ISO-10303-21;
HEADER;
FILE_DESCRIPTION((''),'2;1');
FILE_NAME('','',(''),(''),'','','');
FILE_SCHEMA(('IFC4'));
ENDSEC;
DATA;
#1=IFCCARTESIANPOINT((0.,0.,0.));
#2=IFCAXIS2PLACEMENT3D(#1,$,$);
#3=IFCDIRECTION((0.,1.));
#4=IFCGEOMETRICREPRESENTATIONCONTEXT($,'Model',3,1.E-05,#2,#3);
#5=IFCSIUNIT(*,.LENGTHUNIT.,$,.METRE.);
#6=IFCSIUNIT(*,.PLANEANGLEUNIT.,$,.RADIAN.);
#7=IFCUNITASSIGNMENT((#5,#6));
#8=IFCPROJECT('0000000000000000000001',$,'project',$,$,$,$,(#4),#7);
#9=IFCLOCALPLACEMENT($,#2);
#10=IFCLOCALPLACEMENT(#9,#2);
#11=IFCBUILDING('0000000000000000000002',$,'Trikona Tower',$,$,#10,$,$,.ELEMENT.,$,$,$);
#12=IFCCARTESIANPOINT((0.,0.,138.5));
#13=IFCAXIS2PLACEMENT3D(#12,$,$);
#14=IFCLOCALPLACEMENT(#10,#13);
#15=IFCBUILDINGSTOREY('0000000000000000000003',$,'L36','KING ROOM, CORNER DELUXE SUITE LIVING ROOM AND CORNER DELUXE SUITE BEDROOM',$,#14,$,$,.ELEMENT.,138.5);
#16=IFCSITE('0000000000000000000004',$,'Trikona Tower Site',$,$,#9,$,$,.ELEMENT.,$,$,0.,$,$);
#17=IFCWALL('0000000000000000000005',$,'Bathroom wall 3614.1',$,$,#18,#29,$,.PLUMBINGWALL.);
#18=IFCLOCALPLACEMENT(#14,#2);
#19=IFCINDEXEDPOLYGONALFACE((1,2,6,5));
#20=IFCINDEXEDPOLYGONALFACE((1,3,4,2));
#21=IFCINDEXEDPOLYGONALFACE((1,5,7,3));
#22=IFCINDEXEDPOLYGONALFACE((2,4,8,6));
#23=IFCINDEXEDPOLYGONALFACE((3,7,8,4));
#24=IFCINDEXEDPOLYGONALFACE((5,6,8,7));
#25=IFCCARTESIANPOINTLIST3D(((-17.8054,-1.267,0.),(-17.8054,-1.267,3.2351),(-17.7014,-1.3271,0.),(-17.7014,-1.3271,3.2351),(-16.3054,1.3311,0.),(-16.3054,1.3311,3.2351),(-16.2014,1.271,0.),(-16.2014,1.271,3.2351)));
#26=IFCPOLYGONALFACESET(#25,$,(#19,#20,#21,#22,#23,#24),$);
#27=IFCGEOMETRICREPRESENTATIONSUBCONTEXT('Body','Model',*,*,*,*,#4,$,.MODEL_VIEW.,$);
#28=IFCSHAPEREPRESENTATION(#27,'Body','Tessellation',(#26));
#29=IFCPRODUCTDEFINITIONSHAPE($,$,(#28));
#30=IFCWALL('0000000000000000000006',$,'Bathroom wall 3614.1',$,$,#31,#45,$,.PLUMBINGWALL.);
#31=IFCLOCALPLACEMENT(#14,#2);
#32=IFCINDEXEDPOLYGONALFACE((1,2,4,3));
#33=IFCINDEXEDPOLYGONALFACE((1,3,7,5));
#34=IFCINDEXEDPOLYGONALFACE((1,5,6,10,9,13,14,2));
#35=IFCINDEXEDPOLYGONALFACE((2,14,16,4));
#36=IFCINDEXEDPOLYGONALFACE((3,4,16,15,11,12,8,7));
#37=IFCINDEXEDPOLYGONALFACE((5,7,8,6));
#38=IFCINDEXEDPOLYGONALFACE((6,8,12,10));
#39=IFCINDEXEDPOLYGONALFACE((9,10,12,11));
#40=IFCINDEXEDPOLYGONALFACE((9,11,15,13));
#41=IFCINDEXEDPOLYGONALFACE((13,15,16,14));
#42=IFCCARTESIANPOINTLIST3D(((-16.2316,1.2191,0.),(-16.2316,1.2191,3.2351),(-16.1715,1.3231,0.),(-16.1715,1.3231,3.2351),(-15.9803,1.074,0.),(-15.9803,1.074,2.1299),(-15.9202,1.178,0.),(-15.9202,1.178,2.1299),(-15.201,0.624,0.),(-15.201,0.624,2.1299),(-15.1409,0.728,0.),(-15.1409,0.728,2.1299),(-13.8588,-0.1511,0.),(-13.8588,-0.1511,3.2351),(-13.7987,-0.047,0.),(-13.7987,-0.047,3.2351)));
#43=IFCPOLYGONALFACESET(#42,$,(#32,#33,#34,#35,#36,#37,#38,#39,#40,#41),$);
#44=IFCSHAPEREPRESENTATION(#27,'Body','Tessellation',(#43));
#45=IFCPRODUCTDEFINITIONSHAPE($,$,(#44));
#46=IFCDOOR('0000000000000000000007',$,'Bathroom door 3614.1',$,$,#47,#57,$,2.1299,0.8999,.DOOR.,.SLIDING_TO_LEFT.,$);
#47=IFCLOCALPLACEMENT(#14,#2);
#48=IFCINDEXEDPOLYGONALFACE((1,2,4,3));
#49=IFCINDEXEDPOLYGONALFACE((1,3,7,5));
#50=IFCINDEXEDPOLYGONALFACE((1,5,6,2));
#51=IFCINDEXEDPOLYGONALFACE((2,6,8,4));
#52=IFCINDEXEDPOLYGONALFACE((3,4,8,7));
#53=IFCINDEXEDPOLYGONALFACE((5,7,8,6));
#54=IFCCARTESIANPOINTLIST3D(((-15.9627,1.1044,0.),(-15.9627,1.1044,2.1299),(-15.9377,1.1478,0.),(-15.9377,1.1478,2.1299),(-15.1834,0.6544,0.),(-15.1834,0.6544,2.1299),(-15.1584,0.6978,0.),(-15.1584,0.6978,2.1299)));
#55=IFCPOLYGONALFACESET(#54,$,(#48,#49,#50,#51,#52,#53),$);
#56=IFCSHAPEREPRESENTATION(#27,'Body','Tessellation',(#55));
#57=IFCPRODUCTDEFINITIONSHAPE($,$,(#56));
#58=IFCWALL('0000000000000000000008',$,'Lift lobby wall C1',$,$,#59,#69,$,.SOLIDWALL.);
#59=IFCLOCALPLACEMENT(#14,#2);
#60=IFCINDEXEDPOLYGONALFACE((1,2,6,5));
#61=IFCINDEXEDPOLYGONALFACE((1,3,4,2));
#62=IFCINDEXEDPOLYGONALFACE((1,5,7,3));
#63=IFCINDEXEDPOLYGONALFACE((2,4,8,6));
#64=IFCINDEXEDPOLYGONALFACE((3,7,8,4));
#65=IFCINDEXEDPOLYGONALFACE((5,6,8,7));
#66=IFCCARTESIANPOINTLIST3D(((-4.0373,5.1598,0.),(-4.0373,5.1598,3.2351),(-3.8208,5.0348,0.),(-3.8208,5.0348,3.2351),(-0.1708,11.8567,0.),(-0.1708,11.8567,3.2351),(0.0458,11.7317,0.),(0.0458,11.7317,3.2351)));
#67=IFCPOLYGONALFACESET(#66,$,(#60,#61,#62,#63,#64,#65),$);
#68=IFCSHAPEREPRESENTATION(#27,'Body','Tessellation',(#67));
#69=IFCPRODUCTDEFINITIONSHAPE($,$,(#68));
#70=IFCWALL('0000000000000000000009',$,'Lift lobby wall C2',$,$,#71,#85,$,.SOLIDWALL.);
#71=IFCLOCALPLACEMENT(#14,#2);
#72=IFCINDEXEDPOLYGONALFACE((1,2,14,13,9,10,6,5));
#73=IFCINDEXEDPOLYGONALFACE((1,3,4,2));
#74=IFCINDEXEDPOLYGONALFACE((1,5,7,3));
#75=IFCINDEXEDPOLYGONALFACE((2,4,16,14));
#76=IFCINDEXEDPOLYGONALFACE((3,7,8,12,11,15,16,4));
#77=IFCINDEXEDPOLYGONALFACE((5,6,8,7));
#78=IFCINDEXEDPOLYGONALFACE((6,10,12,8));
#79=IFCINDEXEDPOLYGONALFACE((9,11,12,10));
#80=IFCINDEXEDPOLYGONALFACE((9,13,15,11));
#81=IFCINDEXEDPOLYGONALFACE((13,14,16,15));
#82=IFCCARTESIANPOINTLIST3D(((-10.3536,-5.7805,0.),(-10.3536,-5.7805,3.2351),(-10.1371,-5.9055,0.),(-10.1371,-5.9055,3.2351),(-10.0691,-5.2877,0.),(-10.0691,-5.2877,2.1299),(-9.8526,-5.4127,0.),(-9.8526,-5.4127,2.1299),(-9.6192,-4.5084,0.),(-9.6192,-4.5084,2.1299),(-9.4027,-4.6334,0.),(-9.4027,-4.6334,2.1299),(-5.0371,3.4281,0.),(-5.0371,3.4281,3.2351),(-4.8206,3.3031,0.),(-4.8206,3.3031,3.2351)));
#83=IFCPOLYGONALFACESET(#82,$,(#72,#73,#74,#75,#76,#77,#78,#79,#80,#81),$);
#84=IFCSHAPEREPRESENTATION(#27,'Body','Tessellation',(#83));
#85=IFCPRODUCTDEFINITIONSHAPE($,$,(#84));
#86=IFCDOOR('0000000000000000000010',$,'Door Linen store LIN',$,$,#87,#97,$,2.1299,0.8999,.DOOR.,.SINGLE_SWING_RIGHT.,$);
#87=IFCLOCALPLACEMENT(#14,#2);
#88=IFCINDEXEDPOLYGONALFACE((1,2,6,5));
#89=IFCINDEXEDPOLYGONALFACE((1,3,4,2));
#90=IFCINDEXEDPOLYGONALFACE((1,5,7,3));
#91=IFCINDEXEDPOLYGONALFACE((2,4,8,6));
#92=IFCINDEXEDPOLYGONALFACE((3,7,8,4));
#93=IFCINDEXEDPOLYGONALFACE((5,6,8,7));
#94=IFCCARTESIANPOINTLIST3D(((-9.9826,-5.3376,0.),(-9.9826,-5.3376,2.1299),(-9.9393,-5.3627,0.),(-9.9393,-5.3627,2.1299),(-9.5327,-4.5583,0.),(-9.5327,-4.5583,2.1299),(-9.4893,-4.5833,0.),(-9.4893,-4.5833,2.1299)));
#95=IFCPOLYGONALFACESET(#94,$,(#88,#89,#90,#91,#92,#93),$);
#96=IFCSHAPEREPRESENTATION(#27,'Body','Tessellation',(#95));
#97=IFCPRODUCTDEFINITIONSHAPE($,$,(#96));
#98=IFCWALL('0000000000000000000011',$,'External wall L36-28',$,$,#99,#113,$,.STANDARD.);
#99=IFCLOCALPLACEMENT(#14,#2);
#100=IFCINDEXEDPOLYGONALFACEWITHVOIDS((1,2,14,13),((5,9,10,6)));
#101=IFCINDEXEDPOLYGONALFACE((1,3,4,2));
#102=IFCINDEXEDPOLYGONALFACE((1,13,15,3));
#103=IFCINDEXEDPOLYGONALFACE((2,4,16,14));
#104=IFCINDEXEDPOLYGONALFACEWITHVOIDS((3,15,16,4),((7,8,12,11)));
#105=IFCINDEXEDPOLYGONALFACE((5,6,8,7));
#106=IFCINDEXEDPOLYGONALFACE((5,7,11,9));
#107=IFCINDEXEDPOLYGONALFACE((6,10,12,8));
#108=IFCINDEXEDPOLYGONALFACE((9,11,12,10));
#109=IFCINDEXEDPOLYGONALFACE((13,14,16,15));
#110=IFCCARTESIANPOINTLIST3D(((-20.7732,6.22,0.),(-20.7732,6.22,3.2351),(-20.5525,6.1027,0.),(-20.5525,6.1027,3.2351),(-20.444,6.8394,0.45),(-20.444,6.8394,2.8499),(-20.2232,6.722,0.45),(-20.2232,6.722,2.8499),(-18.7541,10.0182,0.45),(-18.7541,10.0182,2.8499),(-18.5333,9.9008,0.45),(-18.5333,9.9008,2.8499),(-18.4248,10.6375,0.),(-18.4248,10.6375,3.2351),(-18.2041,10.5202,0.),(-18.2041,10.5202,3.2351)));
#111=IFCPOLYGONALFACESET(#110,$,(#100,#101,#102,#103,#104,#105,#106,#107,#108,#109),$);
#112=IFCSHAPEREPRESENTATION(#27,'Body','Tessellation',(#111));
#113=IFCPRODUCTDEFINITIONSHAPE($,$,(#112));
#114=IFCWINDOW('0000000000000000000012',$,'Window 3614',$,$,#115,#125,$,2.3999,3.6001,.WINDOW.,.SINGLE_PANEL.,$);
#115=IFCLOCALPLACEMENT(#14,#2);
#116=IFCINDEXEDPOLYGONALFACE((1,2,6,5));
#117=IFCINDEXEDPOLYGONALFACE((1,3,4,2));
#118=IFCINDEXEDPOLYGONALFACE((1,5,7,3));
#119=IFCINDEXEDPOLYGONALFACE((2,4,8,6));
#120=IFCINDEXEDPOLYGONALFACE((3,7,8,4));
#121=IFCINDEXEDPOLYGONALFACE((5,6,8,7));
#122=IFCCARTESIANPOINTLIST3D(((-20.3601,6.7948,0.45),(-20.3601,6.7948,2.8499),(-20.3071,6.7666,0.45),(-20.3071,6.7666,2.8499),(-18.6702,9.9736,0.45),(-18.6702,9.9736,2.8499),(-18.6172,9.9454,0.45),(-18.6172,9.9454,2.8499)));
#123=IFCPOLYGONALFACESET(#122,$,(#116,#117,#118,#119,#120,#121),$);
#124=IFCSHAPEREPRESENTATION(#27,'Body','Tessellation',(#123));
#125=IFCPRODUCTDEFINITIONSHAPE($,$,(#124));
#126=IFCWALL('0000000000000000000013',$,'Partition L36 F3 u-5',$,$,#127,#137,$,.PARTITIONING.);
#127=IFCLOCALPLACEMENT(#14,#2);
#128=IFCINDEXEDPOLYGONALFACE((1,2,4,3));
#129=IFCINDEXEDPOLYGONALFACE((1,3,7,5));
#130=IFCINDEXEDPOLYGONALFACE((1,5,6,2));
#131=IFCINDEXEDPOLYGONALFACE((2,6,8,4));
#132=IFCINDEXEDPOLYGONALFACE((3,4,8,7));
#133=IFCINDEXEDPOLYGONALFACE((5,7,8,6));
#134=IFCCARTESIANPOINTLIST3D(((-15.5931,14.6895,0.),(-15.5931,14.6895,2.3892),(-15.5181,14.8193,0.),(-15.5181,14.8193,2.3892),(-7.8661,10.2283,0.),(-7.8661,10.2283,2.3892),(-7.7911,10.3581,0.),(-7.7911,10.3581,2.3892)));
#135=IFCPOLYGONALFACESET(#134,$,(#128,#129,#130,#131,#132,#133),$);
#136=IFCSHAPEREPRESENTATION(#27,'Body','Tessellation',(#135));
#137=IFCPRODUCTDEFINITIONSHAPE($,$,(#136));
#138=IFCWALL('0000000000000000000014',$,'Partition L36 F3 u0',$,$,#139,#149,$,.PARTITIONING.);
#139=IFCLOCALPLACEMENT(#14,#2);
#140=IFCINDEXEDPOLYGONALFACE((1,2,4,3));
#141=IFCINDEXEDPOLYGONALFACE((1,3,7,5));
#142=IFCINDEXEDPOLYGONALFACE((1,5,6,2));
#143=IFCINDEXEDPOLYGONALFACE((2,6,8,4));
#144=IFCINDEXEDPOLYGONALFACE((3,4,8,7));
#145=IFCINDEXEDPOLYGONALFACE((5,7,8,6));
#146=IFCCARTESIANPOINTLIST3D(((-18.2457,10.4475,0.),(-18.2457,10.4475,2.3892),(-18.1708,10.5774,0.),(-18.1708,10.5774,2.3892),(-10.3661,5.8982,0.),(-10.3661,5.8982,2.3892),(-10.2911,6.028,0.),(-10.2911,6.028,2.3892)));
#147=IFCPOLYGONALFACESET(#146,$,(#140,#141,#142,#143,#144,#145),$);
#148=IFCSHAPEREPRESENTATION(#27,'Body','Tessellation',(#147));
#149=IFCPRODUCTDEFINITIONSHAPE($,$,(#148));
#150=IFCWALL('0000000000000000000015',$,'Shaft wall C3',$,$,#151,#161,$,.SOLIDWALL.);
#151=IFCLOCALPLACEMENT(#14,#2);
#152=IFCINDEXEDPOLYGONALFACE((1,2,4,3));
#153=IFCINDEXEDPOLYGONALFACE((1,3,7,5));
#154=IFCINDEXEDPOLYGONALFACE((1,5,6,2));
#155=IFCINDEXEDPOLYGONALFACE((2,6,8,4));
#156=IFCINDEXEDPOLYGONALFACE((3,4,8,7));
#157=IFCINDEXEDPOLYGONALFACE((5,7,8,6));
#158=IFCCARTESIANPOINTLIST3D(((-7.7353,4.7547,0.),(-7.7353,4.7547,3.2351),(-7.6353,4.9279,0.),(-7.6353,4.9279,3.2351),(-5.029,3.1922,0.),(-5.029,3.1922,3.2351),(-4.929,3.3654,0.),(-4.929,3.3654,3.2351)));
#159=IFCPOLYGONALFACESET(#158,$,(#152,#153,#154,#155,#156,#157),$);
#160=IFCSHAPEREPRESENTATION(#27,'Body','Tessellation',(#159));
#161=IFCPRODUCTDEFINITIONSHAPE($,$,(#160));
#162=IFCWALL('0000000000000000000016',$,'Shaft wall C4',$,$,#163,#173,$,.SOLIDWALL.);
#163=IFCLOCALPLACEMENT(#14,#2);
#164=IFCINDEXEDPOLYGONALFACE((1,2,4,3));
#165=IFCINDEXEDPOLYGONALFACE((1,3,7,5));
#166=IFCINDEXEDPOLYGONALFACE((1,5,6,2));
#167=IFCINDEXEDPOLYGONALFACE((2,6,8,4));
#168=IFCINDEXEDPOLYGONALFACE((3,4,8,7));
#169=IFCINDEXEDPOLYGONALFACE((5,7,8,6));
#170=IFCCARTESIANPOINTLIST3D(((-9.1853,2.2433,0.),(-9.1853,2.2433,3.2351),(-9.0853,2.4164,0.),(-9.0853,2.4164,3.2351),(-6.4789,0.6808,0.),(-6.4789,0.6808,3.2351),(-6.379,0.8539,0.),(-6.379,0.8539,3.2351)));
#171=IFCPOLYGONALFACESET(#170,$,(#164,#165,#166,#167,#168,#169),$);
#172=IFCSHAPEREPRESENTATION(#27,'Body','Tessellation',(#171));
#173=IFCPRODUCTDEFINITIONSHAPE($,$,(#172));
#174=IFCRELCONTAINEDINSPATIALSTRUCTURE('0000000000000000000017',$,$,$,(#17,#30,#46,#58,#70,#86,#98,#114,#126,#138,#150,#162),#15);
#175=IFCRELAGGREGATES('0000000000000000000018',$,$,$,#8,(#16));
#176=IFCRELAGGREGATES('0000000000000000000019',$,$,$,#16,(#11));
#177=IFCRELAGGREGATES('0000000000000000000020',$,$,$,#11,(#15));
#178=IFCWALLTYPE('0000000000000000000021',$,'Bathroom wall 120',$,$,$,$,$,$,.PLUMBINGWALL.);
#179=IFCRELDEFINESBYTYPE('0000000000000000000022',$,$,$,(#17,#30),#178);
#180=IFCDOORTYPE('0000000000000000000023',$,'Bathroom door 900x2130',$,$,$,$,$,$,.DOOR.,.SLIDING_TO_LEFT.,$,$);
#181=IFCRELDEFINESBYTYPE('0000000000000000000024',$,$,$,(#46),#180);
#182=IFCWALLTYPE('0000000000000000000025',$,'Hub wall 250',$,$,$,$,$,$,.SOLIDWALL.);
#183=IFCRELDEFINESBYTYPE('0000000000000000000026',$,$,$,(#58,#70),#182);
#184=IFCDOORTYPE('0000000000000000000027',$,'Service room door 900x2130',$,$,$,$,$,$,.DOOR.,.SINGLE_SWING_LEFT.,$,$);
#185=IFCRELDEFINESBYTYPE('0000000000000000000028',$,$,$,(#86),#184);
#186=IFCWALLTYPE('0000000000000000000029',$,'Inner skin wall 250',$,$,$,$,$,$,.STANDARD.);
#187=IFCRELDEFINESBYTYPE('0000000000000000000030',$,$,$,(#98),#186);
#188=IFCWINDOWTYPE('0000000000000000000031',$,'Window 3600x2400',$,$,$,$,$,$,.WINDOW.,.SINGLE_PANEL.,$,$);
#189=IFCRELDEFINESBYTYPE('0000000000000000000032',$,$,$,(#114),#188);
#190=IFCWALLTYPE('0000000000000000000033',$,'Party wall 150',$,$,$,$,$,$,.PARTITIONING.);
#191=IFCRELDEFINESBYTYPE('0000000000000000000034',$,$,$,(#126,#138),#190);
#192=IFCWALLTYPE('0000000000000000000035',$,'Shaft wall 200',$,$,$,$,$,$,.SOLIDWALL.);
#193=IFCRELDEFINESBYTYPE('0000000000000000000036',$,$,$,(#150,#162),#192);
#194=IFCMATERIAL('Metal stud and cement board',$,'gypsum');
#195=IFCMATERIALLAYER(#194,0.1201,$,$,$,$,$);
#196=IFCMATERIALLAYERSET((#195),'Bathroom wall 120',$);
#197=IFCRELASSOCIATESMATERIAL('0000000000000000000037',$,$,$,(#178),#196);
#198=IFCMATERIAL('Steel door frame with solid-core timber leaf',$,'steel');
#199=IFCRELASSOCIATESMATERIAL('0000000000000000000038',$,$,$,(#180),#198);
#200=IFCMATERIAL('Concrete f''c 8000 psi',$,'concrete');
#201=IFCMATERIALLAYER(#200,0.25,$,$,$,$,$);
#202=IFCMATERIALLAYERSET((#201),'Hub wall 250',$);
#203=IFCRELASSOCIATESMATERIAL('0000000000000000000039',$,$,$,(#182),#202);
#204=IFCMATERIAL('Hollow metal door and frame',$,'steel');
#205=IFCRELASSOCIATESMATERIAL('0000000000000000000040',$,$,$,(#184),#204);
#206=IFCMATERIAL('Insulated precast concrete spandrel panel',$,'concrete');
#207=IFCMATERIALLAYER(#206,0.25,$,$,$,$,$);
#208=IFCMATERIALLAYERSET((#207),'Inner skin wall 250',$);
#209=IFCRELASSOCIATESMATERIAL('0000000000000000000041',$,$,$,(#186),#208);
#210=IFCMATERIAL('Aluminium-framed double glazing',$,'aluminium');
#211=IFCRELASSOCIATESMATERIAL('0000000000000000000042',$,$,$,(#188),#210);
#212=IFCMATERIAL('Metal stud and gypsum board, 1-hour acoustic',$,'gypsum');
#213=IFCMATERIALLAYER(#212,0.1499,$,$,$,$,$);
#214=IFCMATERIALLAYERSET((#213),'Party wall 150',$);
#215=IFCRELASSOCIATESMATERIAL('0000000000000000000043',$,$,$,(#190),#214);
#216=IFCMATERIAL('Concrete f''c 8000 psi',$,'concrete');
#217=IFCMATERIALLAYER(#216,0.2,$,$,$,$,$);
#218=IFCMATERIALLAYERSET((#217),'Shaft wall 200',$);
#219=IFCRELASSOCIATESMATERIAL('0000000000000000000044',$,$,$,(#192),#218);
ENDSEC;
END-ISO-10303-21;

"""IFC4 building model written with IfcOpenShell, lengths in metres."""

from ifc_helpers import new_model, si_unit, direction, frame, frame_2d, origin, place, context, subcontext, project, spatial, rectangle, extrude, material, layer, layer_set, type_object, element, fill, save


model = new_model("IFC4")

# Units and contexts
model_context = context("Model", 3, precision=1e-05, world=origin(), true_north=direction((0.0, 1.0)))
body_context = subcontext(model_context, "Body", "Model", "MODEL_VIEW")
ifc_project = project(units=[si_unit("LENGTHUNIT", "METRE"), si_unit("PLANEANGLEUNIT", "RADIAN")], contexts=[model_context])

# Site, building, storey
site_placement = place(None, origin())
site = spatial("IfcSite", under=ifc_project, at=site_placement, Name="Trikona Tower Site", CompositionType="ELEMENT", RefElevation=0.0)
building_placement = place(site_placement, origin())
building = spatial("IfcBuilding", under=site, at=building_placement, Name="Trikona Tower", CompositionType="ELEMENT")
storey_placement = place(building_placement, frame((0.0, 0.0, 138.5)))
storey = spatial("IfcBuildingStorey", under=building, at=storey_placement, Name="L36", Description="KING ROOM, CORNER DELUXE SUITE LIVING ROOM AND CORNER DELUXE SUITE BEDROOM", CompositionType="ELEMENT", Elevation=138.5)

# Shared definitions
ifc_material_1 = material(Name="Metal stud and cement board", Category="gypsum")
ifc_layer_1 = layer(ifc_material_1, 0.1201)
ifc_layer_set_1 = layer_set([ifc_layer_1], Name="Bathroom wall 120")
wall_type_1 = type_object("IfcWallType", Name="Bathroom wall 120", PredefinedType="PLUMBINGWALL", material=ifc_layer_set_1)
ifc_material_2 = material(Name="Steel door frame with solid-core timber leaf", Category="steel")
door_type_1 = type_object("IfcDoorType", Name="Bathroom door 900x2130", OperationType="SLIDING_TO_LEFT", PredefinedType="DOOR", material=ifc_material_2)

# Wall
wall_1_placement = place(storey_placement, frame((-16.2534, 1.301, 0.0), z_axis=(0.0, 0.0, 1.0), x_axis=(-0.49999, -0.866031, 0.0)))
element("IfcWall", 1, at=wall_1_placement, inside=storey, type_object=wall_type_1, Name="Bathroom wall 3614.1", PredefinedType="PLUMBINGWALL", context=body_context, shape_type="SweptSolid", body=[
    extrude(rectangle(XDim=3.0, YDim=0.1201, at=frame_2d((1.5, 0.0))), origin(), (0.0, 0.0, 1.0), 3.2351),
])

# Wall, opening, door
wall_2_placement = place(storey_placement, frame((-13.8286, -0.0991, 0.0), z_axis=(0.0, 0.0, 1.0), x_axis=(-0.865997, 0.500049, 0.0)))
wall_2 = element("IfcWall", 2, at=wall_2_placement, inside=storey, type_object=wall_type_1, Name="Bathroom wall 3614.1", PredefinedType="PLUMBINGWALL", context=body_context, shape_type="SweptSolid", body=[
    extrude(rectangle(XDim=2.74, YDim=0.1201, at=frame_2d((1.3701, 0.0))), origin(), (0.0, 0.0, 1.0), 3.2351),
])
opening_1_placement = place(wall_2_placement, frame((1.55, 0.0, 0.0)))
opening_1 = element("IfcOpeningElement", 3, at=opening_1_placement, cuts=wall_2, PredefinedType="OPENING", context=body_context, shape_type="SweptSolid", body=[
    extrude(rectangle(XDim=0.8999, YDim=2.1299, at=frame_2d((0.45, 1.0649))), frame((0.0, 0.0701, 0.0), z_axis=(0.0, -1.0, 0.0), x_axis=(1.0, 0.0, 0.0)), (0.0, 0.0, 1.0), 0.1401),
])
door_1_placement = place(opening_1_placement, origin())
door_1 = element("IfcDoor", 4, at=door_1_placement, inside=storey, type_object=door_type_1, Name="Bathroom door 3614.1", OperationType="SLIDING_TO_LEFT", OverallHeight=2.1299, OverallWidth=0.8999, PredefinedType="DOOR", context=body_context, shape_type="SweptSolid", body=[
    extrude(rectangle(XDim=0.8999, YDim=2.1299, at=frame_2d((0.45, 1.0649))), frame((0.0, 0.0249, 0.0), z_axis=(0.0, -1.0, 0.0), x_axis=(1.0, 0.0, 0.0)), (0.0, 0.0, 1.0), 0.05),
])
fill(opening_1, door_1)

# Wall
ifc_material_3 = material(Name="Concrete f'c 8000 psi", Category="concrete")
ifc_layer_2 = layer(ifc_material_3, 0.25)
ifc_layer_set_2 = layer_set([ifc_layer_2], Name="Hub wall 250")
wall_type_2 = type_object("IfcWallType", Name="Hub wall 250", PredefinedType="SOLIDWALL", material=ifc_layer_set_2)
wall_3_placement = place(storey_placement, frame((-0.0625, 11.7942, 0.0), z_axis=(0.0, 0.0, 1.0), x_axis=(-0.500007, -0.866022, 0.0)))
element("IfcWall", 5, at=wall_3_placement, inside=storey, type_object=wall_type_2, Name="Lift lobby wall C1", PredefinedType="SOLIDWALL", context=body_context, shape_type="SweptSolid", body=[
    extrude(rectangle(XDim=7.7329, YDim=0.25, at=frame_2d((3.8665, 0.0))), origin(), (0.0, 0.0, 1.0), 3.2351),
])

# Wall, opening, door
wall_4_placement = place(storey_placement, frame((-4.929, 3.3655, 0.0), z_axis=(0.0, 0.0, 1.0), x_axis=(-0.499991, -0.86603, 0.0)))
wall_4 = element("IfcWall", 6, at=wall_4_placement, inside=storey, type_object=wall_type_2, Name="Lift lobby wall C2", PredefinedType="SOLIDWALL", context=body_context, shape_type="SweptSolid", body=[
    extrude(rectangle(XDim=10.6331, YDim=0.25, at=frame_2d((5.3164, 0.0))), origin(), (0.0, 0.0, 1.0), 3.2351),
])
opening_2_placement = place(wall_4_placement, frame((9.1641, 0.0, 0.0)))
opening_2 = element("IfcOpeningElement", 7, at=opening_2_placement, cuts=wall_4, PredefinedType="OPENING", context=body_context, shape_type="SweptSolid", body=[
    extrude(rectangle(XDim=0.8999, YDim=2.1299, at=frame_2d((0.45, 1.0649))), frame((0.0, 0.135, 0.0), z_axis=(0.0, -1.0, 0.0), x_axis=(1.0, 0.0, 0.0)), (0.0, 0.0, 1.0), 0.27),
])
ifc_material_4 = material(Name="Hollow metal door and frame", Category="steel")
door_type_2 = type_object("IfcDoorType", Name="Service room door 900x2130", OperationType="SINGLE_SWING_LEFT", PredefinedType="DOOR", material=ifc_material_4)
door_2_placement = place(opening_2_placement, origin())
door_2 = element("IfcDoor", 8, at=door_2_placement, inside=storey, type_object=door_type_2, Name="Door Linen store LIN", OperationType="SINGLE_SWING_RIGHT", OverallHeight=2.1299, OverallWidth=0.8999, PredefinedType="DOOR", context=body_context, shape_type="SweptSolid", body=[
    extrude(rectangle(XDim=0.8999, YDim=2.1299, at=frame_2d((0.45, 1.0649))), frame((0.0, 0.0249, 0.0), z_axis=(0.0, -1.0, 0.0), x_axis=(1.0, 0.0, 0.0)), (0.0, 0.0, 1.0), 0.05),
])
fill(opening_2, door_2)

# Wall, opening, window
ifc_material_5 = material(Name="Insulated precast concrete spandrel panel", Category="concrete")
ifc_layer_3 = layer(ifc_material_5, 0.25)
ifc_layer_set_3 = layer_set([ifc_layer_3], Name="Inner skin wall 250")
wall_type_3 = type_object("IfcWallType", Name="Inner skin wall 250", PredefinedType="STANDARD", material=ifc_layer_set_3)
wall_5_placement = place(storey_placement, frame((-18.3145, 10.5789, 0.0), z_axis=(0.0, 0.0, 1.0), x_axis=(-0.469405, -0.882983, 0.0)))
wall_5 = element("IfcWall", 9, at=wall_5_placement, inside=storey, type_object=wall_type_3, Name="External wall L36-28", PredefinedType="STANDARD", context=body_context, shape_type="SweptSolid", body=[
    extrude(rectangle(XDim=5.0029, YDim=0.25, at=frame_2d((2.5015, 0.0))), origin(), (0.0, 0.0, 1.0), 3.2351),
])
opening_3_placement = place(wall_5_placement, frame((0.7014, 0.0, 0.45)))
opening_3 = element("IfcOpeningElement", 10, at=opening_3_placement, cuts=wall_5, PredefinedType="OPENING", context=body_context, shape_type="SweptSolid", body=[
    extrude(rectangle(XDim=3.6001, YDim=2.3999, at=frame_2d((1.8, 1.2))), frame((0.0, 0.135, 0.0), z_axis=(0.0, -1.0, 0.0), x_axis=(1.0, 0.0, 0.0)), (0.0, 0.0, 1.0), 0.27),
])
ifc_material_6 = material(Name="Aluminium-framed double glazing", Category="aluminium")
window_type = type_object("IfcWindowType", Name="Window 3600x2400", PartitioningType="SINGLE_PANEL", PredefinedType="WINDOW", material=ifc_material_6)
window_placement = place(opening_3_placement, origin())
window = element("IfcWindow", 11, at=window_placement, inside=storey, type_object=window_type, Name="Window 3614", OverallHeight=2.3999, OverallWidth=3.6001, PartitioningType="SINGLE_PANEL", PredefinedType="WINDOW", context=body_context, shape_type="SweptSolid", body=[
    extrude(rectangle(XDim=3.6001, YDim=2.3999, at=frame_2d((1.8, 1.2))), frame((0.0, 0.03, 0.0), z_axis=(0.0, -1.0, 0.0), x_axis=(1.0, 0.0, 0.0)), (0.0, 0.0, 1.0), 0.0601),
])
fill(opening_3, window)

# Walls
ifc_material_7 = material(Name="Metal stud and gypsum board, 1-hour acoustic", Category="gypsum")
ifc_layer_4 = layer(ifc_material_7, 0.1499)
ifc_layer_set_4 = layer_set([ifc_layer_4], Name="Party wall 150")
wall_type_4 = type_object("IfcWallType", Name="Party wall 150", PredefinedType="PARTITIONING", material=ifc_layer_set_4)
wall_6_placement = place(storey_placement, frame((-7.8286, 10.2932, 0.0), z_axis=(0.0, 0.0, 1.0), x_axis=(-0.866027, 0.499997, 0.0)))
element("IfcWall", 12, at=wall_6_placement, inside=storey, type_object=wall_type_4, Name="Partition L36 F3 u-5", PredefinedType="PARTITIONING", context=body_context, shape_type="SweptSolid", body=[
    extrude(rectangle(XDim=8.9224, YDim=0.1499, at=frame_2d((4.4612, 0.0))), origin(), (0.0, 0.0, 1.0), 2.3892),
])
wall_7_placement = place(storey_placement, frame((-10.3286, 5.9631, 0.0), z_axis=(0.0, 0.0, 1.0), x_axis=(-0.866025, 0.5, 0.0)))
element("IfcWall", 13, at=wall_7_placement, inside=storey, type_object=wall_type_4, Name="Partition L36 F3 u0", PredefinedType="PARTITIONING", context=body_context, shape_type="SweptSolid", body=[
    extrude(rectangle(XDim=9.0986, YDim=0.1499, at=frame_2d((4.5493, 0.0))), origin(), (0.0, 0.0, 1.0), 2.3892),
])
ifc_material_8 = material(Name="Concrete f'c 8000 psi", Category="concrete")
ifc_layer_5 = layer(ifc_material_8, 0.2)
ifc_layer_set_5 = layer_set([ifc_layer_5], Name="Shaft wall 200")
wall_type_5 = type_object("IfcWallType", Name="Shaft wall 200", PredefinedType="SOLIDWALL", material=ifc_layer_set_5)
for number, where, z_axis, x_axis, name in (
    (14, (-4.979, 3.2788, 0.0), (0.0, 0.0, 1.0), (-0.866023, 0.500004, 0.0), "Shaft wall C3"),
    (15, (-6.429, 0.7673, 0.0), (0.0, 0.0, 1.0), (-0.866023, 0.500004, 0.0), "Shaft wall C4"),
):
    element("IfcWall", number, at=place(storey_placement, frame(where, z_axis=z_axis, x_axis=x_axis)), inside=storey, type_object=wall_type_5, Name=name, PredefinedType="SOLIDWALL", context=body_context, shape_type="SweptSolid", body=[
        extrude(rectangle(XDim=3.125, YDim=0.2, at=frame_2d((1.5625, 0.0))), origin(), (0.0, 0.0, 1.0), 3.2351),
    ])

save(model, "model.ifc")
